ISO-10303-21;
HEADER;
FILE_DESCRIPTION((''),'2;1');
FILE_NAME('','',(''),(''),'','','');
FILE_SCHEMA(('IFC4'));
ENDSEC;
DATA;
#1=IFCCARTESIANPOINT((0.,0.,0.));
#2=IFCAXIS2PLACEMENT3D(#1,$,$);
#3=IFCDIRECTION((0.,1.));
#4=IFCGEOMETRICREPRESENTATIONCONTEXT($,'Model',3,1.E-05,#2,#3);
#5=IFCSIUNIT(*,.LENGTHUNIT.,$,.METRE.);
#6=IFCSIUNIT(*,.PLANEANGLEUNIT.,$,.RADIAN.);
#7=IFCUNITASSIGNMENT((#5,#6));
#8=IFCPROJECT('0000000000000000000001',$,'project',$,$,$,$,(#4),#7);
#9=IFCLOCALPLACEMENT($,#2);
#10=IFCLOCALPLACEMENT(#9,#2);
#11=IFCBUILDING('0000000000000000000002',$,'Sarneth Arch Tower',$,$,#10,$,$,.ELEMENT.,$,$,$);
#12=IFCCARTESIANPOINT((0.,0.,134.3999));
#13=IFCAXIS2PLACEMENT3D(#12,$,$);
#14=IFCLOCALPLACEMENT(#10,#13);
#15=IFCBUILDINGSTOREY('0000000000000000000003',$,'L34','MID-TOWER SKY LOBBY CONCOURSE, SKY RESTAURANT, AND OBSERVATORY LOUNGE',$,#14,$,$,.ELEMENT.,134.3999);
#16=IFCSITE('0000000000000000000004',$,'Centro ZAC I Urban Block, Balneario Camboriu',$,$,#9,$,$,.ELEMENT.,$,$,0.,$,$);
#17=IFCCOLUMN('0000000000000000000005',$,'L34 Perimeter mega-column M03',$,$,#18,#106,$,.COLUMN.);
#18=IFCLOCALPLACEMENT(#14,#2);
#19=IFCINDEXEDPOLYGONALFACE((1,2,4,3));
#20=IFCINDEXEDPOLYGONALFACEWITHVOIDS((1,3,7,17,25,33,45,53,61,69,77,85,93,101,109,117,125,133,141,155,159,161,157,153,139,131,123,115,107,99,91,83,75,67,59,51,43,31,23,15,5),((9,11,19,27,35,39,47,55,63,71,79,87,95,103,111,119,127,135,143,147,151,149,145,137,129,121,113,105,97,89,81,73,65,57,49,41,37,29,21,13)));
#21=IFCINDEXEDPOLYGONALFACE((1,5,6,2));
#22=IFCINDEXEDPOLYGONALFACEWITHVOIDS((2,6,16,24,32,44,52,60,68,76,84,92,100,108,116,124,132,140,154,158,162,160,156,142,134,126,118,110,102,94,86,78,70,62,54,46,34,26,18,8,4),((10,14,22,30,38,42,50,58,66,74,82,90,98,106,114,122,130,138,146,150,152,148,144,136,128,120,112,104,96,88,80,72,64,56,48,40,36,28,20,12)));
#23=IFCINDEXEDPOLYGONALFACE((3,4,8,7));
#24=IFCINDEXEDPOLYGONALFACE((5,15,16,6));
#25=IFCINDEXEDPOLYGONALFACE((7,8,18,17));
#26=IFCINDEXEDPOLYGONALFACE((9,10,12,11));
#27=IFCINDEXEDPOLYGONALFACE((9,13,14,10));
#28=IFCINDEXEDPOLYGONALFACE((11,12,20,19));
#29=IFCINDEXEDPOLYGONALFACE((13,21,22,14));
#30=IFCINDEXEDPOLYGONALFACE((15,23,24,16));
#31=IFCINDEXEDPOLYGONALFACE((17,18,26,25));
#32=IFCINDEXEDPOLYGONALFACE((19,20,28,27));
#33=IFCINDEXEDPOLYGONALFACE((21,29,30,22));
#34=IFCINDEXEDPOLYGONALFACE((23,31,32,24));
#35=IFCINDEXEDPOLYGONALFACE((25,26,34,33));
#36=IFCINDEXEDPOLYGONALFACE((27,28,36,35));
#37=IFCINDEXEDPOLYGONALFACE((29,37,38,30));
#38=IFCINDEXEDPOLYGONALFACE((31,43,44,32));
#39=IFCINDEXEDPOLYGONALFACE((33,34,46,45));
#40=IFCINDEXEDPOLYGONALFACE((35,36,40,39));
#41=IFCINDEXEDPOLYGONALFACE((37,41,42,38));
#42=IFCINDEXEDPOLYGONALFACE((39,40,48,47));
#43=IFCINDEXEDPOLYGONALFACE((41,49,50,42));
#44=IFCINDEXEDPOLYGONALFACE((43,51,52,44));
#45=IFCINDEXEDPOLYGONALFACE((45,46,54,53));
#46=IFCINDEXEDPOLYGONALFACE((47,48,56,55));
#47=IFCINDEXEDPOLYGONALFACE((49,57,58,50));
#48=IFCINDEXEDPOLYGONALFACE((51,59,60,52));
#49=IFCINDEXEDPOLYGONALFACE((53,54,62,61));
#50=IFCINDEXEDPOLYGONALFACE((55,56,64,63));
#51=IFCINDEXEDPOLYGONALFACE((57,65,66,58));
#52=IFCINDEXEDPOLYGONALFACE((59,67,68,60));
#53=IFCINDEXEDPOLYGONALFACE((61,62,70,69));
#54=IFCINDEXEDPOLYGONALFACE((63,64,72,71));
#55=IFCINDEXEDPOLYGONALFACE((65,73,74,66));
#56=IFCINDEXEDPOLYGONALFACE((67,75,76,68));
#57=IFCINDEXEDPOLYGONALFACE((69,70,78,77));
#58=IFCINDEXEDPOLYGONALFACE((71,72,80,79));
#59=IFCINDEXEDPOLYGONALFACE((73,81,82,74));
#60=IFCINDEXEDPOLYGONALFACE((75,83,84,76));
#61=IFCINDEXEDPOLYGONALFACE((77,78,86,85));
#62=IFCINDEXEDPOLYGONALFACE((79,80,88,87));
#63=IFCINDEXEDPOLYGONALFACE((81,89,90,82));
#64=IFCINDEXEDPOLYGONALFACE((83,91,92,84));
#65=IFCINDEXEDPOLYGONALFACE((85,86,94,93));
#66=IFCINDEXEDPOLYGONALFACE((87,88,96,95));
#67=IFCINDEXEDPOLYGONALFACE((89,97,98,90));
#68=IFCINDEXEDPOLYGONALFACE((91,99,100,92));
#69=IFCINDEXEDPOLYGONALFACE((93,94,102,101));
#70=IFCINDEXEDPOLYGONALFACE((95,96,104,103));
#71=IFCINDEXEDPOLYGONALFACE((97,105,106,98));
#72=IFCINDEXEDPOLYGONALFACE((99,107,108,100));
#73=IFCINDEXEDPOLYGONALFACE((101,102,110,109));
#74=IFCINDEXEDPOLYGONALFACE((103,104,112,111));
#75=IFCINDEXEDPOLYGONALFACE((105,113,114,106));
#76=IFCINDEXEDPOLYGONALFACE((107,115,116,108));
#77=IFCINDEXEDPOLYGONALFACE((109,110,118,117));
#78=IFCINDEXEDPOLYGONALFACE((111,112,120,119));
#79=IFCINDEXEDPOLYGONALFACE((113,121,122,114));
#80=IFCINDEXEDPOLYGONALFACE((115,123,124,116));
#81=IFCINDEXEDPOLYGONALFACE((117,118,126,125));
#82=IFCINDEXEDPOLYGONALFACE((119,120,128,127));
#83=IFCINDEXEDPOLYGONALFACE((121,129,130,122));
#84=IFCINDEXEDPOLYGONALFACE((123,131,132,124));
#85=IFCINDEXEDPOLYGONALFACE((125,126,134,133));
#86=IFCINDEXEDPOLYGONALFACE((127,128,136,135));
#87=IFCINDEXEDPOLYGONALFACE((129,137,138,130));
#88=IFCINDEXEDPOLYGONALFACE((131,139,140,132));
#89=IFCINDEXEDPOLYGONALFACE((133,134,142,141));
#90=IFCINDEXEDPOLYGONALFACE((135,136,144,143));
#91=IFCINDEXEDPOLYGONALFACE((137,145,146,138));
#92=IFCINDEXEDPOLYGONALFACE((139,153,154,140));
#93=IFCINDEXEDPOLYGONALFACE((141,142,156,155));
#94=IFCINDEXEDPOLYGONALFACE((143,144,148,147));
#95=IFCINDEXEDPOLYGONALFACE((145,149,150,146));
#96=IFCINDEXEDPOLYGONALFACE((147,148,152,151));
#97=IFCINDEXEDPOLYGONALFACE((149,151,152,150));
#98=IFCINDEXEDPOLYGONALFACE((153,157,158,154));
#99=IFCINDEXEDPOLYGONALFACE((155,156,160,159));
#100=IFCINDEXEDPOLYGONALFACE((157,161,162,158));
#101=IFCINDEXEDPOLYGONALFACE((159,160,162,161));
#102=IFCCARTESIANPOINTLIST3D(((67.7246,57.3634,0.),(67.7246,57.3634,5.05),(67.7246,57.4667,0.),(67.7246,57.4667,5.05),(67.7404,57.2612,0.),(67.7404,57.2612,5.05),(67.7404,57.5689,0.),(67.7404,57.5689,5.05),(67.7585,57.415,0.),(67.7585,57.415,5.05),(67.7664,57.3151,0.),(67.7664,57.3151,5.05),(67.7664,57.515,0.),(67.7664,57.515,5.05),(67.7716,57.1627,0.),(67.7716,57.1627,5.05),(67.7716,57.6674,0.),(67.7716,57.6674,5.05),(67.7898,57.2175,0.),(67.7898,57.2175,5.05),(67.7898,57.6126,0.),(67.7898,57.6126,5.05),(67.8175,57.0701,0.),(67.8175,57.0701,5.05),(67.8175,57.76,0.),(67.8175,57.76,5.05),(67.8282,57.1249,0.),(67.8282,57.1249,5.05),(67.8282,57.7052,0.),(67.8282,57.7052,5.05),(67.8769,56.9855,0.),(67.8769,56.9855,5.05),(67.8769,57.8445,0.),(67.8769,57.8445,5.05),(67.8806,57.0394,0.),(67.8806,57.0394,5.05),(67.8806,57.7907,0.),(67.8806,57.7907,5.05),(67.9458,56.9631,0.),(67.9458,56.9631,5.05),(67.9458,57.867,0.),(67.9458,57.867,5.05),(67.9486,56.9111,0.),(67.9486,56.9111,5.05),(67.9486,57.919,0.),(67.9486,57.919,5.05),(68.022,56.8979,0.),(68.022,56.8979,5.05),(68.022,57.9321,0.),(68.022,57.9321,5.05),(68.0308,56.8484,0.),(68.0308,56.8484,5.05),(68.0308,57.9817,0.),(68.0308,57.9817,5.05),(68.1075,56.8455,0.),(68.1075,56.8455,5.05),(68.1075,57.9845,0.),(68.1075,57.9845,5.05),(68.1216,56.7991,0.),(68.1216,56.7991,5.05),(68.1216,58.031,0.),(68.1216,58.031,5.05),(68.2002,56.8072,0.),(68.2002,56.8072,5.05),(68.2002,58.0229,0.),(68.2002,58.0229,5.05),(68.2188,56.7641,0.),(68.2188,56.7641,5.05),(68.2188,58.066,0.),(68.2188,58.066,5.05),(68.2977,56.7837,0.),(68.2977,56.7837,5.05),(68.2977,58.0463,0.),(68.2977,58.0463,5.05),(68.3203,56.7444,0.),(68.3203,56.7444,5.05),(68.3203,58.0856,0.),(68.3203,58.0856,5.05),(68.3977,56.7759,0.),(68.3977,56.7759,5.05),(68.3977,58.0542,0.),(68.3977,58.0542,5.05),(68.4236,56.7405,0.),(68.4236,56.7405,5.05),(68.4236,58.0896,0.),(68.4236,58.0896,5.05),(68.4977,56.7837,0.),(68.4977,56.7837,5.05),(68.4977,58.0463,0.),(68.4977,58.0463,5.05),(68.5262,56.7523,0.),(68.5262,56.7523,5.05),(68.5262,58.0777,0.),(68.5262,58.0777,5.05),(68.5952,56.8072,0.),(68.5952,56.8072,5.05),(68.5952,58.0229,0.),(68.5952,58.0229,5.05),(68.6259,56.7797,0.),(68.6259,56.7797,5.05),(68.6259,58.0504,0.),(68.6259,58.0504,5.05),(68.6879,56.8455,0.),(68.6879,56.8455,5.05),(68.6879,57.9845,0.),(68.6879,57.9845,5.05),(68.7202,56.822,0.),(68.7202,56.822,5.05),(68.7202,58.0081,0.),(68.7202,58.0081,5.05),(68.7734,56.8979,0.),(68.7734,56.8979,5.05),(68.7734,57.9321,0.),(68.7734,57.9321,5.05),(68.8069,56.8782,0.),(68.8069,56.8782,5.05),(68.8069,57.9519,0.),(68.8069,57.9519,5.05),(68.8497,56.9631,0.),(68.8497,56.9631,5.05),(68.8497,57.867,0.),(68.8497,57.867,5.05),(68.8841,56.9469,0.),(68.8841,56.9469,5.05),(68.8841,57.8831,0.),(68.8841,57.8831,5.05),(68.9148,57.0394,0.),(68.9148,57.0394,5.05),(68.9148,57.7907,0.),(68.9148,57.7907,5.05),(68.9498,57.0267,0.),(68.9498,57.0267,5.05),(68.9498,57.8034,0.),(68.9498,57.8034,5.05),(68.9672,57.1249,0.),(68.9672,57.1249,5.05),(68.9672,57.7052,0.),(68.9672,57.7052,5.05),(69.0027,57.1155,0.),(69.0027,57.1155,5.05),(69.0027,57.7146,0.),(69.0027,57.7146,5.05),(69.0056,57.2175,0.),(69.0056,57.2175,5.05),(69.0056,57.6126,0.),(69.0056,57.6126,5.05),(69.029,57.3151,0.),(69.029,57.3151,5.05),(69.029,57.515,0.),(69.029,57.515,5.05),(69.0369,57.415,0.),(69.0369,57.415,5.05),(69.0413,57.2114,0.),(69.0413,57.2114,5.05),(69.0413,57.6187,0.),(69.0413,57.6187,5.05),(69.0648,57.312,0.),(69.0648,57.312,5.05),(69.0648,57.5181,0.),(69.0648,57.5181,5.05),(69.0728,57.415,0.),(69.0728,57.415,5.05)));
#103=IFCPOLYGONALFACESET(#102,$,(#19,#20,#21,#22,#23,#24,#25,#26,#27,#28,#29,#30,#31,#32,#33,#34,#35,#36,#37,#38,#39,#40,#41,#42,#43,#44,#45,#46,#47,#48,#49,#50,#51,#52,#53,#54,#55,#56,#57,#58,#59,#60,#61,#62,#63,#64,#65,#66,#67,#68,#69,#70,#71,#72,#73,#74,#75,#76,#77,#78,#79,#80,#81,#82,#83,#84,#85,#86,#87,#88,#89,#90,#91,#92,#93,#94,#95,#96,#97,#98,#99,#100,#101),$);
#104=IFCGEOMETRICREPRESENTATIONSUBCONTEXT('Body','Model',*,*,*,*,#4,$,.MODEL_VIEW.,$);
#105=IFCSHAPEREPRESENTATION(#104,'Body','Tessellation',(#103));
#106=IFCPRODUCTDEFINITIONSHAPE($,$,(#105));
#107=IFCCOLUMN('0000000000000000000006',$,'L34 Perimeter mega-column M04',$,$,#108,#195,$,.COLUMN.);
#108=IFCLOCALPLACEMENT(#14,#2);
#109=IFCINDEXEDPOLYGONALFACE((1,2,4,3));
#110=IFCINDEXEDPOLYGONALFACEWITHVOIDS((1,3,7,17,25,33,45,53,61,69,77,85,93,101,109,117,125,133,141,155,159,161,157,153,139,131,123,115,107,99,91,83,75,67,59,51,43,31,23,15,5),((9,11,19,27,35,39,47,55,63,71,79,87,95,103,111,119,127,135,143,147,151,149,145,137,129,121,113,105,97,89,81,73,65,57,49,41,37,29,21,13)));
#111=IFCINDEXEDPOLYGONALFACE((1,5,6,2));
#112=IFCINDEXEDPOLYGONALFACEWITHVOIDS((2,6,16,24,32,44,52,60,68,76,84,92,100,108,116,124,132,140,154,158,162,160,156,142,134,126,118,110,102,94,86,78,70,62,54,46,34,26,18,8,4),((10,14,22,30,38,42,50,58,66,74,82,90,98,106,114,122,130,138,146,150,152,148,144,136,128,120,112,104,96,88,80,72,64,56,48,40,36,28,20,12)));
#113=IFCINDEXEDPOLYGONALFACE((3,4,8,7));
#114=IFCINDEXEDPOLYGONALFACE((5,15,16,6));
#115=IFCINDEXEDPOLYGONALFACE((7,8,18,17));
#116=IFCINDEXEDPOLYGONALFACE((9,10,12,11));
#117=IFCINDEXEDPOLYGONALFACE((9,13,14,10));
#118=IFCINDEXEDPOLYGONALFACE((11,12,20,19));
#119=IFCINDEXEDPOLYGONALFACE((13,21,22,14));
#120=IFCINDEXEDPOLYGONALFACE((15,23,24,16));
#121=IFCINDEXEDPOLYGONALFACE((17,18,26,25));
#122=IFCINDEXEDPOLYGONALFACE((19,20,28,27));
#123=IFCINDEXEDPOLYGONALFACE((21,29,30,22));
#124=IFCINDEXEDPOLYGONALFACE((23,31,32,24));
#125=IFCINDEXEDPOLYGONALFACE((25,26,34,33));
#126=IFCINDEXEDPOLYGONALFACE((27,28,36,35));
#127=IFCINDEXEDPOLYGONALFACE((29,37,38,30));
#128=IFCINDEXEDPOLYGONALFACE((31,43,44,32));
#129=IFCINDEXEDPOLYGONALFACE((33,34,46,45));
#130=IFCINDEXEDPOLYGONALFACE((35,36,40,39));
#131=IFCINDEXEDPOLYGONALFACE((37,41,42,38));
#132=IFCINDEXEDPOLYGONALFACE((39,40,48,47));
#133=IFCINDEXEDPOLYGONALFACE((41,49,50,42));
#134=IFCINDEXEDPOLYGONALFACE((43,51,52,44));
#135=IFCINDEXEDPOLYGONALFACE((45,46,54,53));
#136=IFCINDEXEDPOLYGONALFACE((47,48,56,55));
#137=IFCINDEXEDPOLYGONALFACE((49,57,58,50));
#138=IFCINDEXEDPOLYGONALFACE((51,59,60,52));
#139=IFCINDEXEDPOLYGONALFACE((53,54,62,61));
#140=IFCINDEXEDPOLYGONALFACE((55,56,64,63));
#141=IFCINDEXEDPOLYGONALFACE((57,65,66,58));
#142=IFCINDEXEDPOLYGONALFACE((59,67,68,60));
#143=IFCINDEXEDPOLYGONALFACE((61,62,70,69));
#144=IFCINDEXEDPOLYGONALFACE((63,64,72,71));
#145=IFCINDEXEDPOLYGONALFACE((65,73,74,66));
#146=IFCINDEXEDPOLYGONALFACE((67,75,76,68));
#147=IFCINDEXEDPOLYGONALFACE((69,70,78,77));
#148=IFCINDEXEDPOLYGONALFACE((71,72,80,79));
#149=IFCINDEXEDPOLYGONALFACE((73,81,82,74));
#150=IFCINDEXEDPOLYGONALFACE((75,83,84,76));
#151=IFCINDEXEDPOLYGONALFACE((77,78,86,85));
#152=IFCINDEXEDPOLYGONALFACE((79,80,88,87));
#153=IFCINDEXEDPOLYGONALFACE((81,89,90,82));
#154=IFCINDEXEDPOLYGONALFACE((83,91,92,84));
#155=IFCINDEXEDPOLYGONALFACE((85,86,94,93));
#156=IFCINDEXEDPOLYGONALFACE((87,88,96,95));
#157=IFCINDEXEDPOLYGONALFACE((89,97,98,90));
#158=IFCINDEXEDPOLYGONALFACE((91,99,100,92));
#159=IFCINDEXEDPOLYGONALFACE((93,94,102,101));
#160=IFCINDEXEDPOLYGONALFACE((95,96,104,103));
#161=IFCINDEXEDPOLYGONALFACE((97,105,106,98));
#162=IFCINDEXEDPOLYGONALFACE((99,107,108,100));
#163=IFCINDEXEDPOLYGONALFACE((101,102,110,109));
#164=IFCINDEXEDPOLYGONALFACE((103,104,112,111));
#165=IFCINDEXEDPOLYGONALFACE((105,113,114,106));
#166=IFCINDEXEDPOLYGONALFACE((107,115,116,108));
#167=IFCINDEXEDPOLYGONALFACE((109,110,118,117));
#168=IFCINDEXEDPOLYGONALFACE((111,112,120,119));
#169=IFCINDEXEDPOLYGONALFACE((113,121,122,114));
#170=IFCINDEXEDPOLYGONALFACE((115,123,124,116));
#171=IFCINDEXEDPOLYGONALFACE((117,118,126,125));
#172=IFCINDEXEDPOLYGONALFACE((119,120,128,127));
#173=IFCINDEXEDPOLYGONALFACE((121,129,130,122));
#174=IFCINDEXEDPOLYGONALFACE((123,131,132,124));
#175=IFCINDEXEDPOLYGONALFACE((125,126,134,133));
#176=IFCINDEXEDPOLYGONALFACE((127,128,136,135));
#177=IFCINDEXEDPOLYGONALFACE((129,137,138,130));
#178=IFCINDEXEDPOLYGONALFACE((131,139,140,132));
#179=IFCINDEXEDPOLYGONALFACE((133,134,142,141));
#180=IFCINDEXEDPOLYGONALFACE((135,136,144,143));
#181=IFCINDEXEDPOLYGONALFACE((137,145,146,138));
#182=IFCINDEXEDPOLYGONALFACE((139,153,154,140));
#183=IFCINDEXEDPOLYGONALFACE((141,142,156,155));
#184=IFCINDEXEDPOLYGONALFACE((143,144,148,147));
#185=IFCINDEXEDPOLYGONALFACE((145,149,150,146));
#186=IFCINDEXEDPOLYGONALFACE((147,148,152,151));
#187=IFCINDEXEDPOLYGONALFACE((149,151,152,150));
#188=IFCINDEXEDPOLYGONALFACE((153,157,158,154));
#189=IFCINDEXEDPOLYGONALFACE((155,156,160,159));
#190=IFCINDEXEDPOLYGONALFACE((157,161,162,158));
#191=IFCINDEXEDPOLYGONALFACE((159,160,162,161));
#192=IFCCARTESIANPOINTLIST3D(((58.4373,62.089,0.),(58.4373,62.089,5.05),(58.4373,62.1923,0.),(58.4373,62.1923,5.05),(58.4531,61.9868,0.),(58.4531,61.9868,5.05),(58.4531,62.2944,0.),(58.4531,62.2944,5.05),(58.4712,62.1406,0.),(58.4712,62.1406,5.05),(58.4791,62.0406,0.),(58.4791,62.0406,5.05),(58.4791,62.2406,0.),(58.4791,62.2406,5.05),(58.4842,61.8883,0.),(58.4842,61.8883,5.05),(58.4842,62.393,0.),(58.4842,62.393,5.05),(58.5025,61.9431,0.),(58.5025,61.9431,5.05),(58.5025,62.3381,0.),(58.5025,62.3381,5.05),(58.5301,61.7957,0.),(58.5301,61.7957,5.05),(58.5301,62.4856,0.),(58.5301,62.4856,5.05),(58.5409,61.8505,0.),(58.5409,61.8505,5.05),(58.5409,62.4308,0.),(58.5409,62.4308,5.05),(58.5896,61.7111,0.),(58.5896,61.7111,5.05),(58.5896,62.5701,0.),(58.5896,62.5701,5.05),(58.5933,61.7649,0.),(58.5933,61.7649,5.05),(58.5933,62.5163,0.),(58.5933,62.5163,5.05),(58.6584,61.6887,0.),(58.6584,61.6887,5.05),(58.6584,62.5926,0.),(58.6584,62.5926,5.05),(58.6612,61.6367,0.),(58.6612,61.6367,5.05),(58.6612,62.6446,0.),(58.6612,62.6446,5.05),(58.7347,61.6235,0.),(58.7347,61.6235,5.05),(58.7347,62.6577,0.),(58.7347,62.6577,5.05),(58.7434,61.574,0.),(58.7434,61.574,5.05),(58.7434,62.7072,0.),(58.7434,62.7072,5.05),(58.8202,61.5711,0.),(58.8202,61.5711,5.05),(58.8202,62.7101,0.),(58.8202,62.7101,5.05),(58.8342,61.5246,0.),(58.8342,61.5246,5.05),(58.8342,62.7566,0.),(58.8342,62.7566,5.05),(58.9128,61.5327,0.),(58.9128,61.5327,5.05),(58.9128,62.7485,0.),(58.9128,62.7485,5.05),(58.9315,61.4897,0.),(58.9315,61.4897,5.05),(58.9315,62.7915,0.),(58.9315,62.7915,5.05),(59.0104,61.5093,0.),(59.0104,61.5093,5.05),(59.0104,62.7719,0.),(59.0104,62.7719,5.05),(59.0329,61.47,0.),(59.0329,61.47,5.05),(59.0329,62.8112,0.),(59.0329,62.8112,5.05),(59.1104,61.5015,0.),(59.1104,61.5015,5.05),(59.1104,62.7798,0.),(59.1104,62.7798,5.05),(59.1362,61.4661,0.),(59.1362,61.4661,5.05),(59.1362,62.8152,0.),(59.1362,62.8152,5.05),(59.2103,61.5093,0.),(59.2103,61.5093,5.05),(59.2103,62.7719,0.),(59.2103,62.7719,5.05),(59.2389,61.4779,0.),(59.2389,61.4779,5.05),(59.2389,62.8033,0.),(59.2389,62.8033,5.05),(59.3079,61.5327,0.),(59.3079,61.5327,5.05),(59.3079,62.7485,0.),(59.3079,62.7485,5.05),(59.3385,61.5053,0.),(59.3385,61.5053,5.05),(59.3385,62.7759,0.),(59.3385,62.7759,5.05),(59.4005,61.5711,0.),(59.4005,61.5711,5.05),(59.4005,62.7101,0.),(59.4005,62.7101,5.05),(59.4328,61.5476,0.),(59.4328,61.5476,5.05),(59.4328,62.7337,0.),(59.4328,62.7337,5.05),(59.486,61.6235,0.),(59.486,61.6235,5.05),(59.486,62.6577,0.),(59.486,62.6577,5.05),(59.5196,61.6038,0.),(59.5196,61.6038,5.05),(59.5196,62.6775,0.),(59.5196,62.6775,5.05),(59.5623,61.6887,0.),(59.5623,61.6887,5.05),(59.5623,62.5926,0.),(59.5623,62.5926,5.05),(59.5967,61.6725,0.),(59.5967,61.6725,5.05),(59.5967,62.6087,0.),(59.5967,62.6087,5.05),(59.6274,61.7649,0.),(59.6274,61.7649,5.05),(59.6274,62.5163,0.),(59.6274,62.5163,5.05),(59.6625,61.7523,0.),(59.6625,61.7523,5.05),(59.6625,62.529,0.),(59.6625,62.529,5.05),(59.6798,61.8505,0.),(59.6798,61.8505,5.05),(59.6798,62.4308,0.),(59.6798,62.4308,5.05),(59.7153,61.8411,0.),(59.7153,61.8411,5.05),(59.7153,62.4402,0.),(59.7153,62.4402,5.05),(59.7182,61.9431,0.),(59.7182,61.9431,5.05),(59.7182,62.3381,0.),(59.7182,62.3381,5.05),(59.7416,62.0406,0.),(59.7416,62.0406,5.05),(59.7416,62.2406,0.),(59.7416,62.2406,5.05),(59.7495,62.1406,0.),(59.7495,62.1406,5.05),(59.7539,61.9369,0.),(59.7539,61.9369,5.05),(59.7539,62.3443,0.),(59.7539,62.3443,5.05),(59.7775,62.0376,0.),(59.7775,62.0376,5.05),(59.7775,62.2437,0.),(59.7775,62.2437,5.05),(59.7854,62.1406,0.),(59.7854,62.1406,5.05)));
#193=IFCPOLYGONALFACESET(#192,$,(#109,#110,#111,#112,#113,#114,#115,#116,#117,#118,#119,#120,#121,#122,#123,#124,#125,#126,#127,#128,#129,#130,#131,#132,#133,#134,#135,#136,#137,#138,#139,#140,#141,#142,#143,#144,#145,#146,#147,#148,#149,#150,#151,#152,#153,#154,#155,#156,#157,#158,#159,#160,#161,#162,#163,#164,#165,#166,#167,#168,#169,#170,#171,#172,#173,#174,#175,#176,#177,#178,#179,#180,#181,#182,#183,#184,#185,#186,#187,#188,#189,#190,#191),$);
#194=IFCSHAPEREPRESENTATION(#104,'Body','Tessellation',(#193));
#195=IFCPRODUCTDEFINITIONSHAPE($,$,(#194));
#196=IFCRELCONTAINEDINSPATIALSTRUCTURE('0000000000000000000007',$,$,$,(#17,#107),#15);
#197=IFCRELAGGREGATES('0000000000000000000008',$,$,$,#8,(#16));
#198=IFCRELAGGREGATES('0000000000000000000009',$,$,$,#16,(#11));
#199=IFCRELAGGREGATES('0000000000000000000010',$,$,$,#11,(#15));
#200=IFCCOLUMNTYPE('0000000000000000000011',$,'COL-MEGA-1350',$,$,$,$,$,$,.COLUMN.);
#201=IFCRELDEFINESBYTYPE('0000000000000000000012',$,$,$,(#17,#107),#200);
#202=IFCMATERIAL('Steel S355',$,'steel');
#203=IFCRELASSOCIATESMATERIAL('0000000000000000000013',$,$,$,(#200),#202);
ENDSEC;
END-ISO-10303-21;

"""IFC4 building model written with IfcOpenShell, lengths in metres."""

from ifc_helpers import new_model, si_unit, direction, frame, origin, origin_2d, place, context, subcontext, project, spatial, hollow_circle, extrude, material, material_profile, profile_set, type_object, element, save


model = new_model("IFC4")

# Units and contexts
model_context = context("Model", 3, precision=1e-05, world=origin(), true_north=direction((0.0, 1.0)))
body_context = subcontext(model_context, "Body", "Model", "MODEL_VIEW")
ifc_project = project(units=[si_unit("LENGTHUNIT", "METRE"), si_unit("PLANEANGLEUNIT", "RADIAN")], contexts=[model_context])

# Site, building, storey
site_placement = place(None, origin())
site = spatial("IfcSite", under=ifc_project, at=site_placement, Name="Centro ZAC I Urban Block, Balneario Camboriu", CompositionType="ELEMENT", RefElevation=0.0)
building_placement = place(site_placement, origin())
building = spatial("IfcBuilding", under=site, at=building_placement, Name="Sarneth Arch Tower", CompositionType="ELEMENT")
storey_placement = place(building_placement, frame((0.0, 0.0, 134.3999)))
storey = spatial("IfcBuildingStorey", under=building, at=storey_placement, Name="L34", Description="MID-TOWER SKY LOBBY CONCOURSE, SKY RESTAURANT, AND OBSERVATORY LOUNGE", CompositionType="ELEMENT", Elevation=134.3999)

# Columns
ifc_material_1 = material(Name="Steel S355", Category="steel")
ifc_material_profile_1 = material_profile(ifc_material_1, hollow_circle(Radius=0.675, WallThickness=0.0359, at=origin_2d()), Name="CHS1350x36")
ifc_profile_set_1 = profile_set([ifc_material_profile_1], Name="Steel S355")
column_type = type_object("IfcColumnType", Name="COL-MEGA-1350", PredefinedType="COLUMN", material=ifc_profile_set_1)
for number, where, z_axis, x_axis, name in (
    (1, (68.3977, 57.415, 0.0), (0.0, 0.0, 1.0), (1.0, 0.0, 0.0), "L34 Perimeter mega-column M03"),
    (2, (59.1104, 62.1406, 0.0), (0.0, 0.0, 1.0), (1.0, 0.0, 0.0), "L34 Perimeter mega-column M04"),
):
    element("IfcColumn", number, at=place(storey_placement, frame(where, z_axis=z_axis, x_axis=x_axis)), inside=storey, type_object=column_type, Name=name, PredefinedType="COLUMN", context=body_context, shape_type="SweptSolid", body=[
        extrude(hollow_circle(Radius=0.675, WallThickness=0.0359, at=origin_2d()), origin(), (0.0, 0.0, 1.0), 5.05),
    ])

save(model, "model.ifc")
